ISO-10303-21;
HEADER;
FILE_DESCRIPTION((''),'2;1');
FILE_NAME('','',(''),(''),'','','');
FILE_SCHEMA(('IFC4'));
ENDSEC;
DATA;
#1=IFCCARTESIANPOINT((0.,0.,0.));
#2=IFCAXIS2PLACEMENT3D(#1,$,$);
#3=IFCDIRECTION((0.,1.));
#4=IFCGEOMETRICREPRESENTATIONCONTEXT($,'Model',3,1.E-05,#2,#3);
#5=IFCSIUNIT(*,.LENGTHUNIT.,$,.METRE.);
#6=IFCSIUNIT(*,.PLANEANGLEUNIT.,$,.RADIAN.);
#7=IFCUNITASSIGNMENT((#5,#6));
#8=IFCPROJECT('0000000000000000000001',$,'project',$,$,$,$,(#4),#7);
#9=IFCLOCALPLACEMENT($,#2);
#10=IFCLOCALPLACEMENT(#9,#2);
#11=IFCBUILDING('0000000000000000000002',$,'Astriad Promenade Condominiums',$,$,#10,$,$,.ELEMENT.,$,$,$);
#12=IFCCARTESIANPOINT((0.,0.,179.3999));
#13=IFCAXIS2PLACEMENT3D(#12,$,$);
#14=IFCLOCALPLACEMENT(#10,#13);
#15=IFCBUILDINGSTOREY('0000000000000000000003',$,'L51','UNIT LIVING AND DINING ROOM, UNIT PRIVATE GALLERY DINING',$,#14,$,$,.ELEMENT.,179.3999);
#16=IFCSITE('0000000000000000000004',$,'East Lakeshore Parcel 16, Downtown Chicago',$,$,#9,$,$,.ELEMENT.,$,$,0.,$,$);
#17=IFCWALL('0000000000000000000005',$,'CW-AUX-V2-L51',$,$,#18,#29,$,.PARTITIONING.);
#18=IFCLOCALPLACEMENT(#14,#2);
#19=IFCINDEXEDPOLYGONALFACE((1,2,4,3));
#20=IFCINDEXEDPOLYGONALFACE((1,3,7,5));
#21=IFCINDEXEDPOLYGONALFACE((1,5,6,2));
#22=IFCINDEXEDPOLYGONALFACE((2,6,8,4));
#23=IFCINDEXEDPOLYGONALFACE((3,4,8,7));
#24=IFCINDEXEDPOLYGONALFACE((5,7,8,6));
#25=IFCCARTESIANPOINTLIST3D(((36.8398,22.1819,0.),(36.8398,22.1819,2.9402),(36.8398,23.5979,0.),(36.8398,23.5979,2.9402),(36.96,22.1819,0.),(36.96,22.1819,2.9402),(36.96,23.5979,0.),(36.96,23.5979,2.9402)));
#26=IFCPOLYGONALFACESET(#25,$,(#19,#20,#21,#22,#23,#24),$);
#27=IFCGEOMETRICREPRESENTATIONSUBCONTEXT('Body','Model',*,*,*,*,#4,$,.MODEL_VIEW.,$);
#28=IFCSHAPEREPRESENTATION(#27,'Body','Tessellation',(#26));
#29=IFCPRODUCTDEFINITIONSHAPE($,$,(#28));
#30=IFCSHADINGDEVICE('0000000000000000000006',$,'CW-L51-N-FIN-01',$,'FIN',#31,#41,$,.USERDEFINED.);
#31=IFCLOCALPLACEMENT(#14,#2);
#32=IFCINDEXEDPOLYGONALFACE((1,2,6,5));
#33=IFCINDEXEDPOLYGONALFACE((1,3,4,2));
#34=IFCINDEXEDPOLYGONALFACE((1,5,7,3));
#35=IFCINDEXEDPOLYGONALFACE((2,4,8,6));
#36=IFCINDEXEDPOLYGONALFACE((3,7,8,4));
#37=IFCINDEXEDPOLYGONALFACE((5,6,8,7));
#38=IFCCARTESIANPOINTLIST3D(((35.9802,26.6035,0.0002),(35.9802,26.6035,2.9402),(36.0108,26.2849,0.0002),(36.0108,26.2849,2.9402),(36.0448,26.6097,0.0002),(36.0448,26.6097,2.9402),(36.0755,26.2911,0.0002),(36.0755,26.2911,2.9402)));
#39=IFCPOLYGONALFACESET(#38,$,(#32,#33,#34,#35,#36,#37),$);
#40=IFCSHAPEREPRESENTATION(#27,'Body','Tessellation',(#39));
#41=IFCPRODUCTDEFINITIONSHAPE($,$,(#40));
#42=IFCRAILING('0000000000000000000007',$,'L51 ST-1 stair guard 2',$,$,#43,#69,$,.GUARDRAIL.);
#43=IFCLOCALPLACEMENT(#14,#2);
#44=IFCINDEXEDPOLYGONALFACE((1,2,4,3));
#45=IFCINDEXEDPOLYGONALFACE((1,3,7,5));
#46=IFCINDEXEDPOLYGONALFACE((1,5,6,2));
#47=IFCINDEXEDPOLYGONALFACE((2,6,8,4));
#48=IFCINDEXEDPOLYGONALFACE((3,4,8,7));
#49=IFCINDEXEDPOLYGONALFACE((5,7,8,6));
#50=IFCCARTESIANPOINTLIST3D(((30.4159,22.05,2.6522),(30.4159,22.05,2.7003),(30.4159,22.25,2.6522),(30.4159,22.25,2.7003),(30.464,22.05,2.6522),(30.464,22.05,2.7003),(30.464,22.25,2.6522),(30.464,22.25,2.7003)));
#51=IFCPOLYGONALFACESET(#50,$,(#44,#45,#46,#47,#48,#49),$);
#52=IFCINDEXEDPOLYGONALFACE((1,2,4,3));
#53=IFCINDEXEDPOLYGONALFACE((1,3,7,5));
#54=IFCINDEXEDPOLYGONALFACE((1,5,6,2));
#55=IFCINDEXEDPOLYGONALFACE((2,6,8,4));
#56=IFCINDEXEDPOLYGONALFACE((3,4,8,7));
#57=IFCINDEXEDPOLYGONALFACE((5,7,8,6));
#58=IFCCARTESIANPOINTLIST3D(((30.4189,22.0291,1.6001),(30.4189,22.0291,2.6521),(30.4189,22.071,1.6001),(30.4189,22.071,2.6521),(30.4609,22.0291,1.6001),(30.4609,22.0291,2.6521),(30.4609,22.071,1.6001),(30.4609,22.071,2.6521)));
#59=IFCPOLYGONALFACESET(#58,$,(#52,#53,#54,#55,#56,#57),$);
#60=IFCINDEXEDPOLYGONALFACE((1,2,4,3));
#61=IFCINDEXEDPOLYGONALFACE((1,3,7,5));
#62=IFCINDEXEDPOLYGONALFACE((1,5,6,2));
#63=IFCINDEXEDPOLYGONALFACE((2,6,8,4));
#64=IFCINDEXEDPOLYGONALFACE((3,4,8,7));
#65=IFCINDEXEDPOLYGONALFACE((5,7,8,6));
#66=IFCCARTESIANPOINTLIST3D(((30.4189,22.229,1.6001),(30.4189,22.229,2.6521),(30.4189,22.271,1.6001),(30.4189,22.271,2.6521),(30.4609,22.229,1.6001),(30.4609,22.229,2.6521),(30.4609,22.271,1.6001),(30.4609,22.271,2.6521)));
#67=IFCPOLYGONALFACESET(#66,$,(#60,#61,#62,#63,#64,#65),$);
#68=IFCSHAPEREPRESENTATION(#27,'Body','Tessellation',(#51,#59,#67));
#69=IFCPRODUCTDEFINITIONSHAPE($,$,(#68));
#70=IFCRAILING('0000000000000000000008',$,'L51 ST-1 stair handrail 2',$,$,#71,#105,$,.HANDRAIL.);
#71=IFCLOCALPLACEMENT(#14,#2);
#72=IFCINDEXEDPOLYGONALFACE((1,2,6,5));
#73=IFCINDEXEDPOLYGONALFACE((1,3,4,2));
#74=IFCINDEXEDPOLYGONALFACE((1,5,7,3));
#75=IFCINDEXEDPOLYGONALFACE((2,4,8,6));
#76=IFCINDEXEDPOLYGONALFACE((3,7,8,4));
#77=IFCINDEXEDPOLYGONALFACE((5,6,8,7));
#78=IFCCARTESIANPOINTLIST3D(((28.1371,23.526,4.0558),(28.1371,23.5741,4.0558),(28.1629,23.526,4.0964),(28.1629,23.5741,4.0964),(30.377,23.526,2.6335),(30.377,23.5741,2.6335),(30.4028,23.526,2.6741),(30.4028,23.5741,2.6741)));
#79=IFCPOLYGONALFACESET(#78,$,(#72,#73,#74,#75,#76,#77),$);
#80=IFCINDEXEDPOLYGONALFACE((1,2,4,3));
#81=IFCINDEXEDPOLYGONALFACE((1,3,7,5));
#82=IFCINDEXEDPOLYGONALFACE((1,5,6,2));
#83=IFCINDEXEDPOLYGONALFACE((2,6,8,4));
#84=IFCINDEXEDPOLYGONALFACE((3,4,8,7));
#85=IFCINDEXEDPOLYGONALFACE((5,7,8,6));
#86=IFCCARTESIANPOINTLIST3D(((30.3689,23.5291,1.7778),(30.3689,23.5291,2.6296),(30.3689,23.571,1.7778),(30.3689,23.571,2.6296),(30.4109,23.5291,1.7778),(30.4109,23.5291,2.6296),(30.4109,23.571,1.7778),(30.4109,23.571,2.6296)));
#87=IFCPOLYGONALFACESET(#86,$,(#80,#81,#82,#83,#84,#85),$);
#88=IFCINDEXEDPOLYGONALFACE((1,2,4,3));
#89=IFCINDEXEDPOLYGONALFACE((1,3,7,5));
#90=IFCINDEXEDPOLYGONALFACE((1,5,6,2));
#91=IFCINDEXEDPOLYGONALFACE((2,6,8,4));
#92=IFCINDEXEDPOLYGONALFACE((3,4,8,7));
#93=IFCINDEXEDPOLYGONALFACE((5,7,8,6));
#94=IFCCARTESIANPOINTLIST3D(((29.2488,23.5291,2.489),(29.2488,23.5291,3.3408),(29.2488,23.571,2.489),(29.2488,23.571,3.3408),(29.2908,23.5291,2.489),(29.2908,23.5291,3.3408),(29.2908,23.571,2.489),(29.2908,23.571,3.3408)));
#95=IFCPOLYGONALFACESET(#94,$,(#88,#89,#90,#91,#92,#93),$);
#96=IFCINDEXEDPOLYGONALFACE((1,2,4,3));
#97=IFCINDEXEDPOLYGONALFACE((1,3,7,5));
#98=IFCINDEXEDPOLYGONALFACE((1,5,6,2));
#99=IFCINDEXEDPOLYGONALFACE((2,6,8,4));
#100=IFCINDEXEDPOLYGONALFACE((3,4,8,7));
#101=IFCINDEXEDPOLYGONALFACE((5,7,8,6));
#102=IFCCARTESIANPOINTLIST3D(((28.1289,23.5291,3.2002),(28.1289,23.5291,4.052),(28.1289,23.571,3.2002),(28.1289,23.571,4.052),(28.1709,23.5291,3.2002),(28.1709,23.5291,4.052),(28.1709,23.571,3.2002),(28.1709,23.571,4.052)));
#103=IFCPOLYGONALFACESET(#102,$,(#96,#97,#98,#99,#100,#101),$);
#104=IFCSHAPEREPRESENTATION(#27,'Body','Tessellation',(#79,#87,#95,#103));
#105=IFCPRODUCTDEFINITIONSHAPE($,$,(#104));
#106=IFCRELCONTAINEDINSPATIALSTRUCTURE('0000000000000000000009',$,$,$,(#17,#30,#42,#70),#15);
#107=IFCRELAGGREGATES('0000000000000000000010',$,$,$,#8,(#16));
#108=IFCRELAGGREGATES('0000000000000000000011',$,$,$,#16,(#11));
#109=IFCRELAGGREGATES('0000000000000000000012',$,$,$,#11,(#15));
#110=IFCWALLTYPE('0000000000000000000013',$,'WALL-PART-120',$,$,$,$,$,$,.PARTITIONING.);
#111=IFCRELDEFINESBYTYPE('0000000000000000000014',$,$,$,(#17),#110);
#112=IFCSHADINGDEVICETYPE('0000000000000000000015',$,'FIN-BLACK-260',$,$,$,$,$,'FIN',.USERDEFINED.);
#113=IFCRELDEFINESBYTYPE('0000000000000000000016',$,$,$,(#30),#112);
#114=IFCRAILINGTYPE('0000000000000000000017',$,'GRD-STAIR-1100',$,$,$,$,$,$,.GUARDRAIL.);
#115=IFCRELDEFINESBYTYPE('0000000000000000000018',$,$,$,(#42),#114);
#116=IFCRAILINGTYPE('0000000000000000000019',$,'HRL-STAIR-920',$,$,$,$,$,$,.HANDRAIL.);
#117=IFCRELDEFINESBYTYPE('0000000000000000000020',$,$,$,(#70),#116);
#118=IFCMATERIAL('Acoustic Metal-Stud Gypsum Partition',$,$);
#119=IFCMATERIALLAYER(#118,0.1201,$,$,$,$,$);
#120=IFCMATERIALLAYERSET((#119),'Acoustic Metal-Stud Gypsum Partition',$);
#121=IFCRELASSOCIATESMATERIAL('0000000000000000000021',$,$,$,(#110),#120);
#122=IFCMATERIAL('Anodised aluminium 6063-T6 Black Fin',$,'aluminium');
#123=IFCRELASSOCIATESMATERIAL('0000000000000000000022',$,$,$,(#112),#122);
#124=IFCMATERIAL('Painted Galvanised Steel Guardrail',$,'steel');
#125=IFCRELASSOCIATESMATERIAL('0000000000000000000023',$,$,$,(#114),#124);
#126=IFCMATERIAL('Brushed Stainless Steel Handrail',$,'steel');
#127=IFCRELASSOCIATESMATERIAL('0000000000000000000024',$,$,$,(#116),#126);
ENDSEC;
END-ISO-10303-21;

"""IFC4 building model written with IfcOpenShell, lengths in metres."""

from ifc_helpers import new_model, si_unit, direction, frame, frame_2d, origin, origin_2d, place, context, subcontext, project, spatial, rectangle, extrude, source, transform, mapped, material, layer, layer_set, type_object, type_shapes, element, save


model = new_model("IFC4")

# Units and contexts
model_context = context("Model", 3, precision=1e-05, world=origin(), true_north=direction((0.0, 1.0)))
body_context = subcontext(model_context, "Body", "Model", "MODEL_VIEW")
ifc_project = project(units=[si_unit("LENGTHUNIT", "METRE"), si_unit("PLANEANGLEUNIT", "RADIAN")], contexts=[model_context])

# Site, building, storey
site_placement = place(None, origin())
site = spatial("IfcSite", under=ifc_project, at=site_placement, Name="East Lakeshore Parcel 16, Downtown Chicago", CompositionType="ELEMENT", RefElevation=0.0)
building_placement = place(site_placement, origin())
building = spatial("IfcBuilding", under=site, at=building_placement, Name="Astriad Promenade Condominiums", CompositionType="ELEMENT")
storey_placement = place(building_placement, frame((0.0, 0.0, 179.3999)))
storey = spatial("IfcBuildingStorey", under=building, at=storey_placement, Name="L51", Description="UNIT LIVING AND DINING ROOM, UNIT PRIVATE GALLERY DINING", CompositionType="ELEMENT", Elevation=179.3999)

# Wall
ifc_material_1 = material(Name="Acoustic Metal-Stud Gypsum Partition")
ifc_layer_1 = layer(ifc_material_1, 0.1201)
ifc_layer_set_1 = layer_set([ifc_layer_1], Name="Acoustic Metal-Stud Gypsum Partition")
wall_type_1 = type_object("IfcWallType", Name="WALL-PART-120", PredefinedType="PARTITIONING", material=ifc_layer_set_1)
for number, where, z_axis, x_axis, name in (
    (1, (36.8999, 22.1819, 0.0), (0.0, 0.0, 1.0), (0.0, 1.0, 0.0), "CW-AUX-V2-L51"),
):
    element("IfcWall", number, at=place(storey_placement, frame(where, z_axis=z_axis, x_axis=x_axis)), inside=storey, type_object=wall_type_1, Name=name, PredefinedType="PARTITIONING", context=body_context, shape_type="SweptSolid", body=[
        extrude(rectangle(XDim=1.416, YDim=0.1201, at=frame_2d((0.708, 0.0))), origin(), (0.0, 0.0, 1.0), 2.9402),
    ])

# Shading device
ifc_material_2 = material(Name="Anodised aluminium 6063-T6 Black Fin", Category="aluminium")
shading_device_type = type_object("IfcShadingDeviceType", Name="FIN-BLACK-260", ElementType="FIN", PredefinedType="USERDEFINED", material=ifc_material_2)
shared_shape_1 = source(origin(), body_context, "Body", "SweptSolid", [
    extrude(rectangle(XDim=0.0649, YDim=0.3201, at=origin_2d()), origin(), (0.0, 0.0, 1.0), 2.9399),
])
type_shapes(shading_device_type, [shared_shape_1])
shading_device_placement = place(storey_placement, frame((36.0278, 26.4473, 0.0002), z_axis=(0.0, 0.0, 1.0), x_axis=(0.995396, 0.095846, 0.0)))
element("IfcShadingDevice", 2, at=shading_device_placement, inside=storey, type_object=shading_device_type, Name="CW-L51-N-FIN-01", ObjectType="FIN", PredefinedType="USERDEFINED", context=body_context, shape_type="MappedRepresentation", body=[
    mapped(shared_shape_1, transform((0.0, 0.0, 0.0), scale=1.0)),
])

# Railings
ifc_material_3 = material(Name="Painted Galvanised Steel Guardrail", Category="steel")
railing_type_1 = type_object("IfcRailingType", Name="GRD-STAIR-1100", PredefinedType="GUARDRAIL", material=ifc_material_3)
shared_shape_2 = source(origin(), body_context, "Body", "SweptSolid", [
    extrude(rectangle(XDim=0.0481, YDim=0.0481, at=origin_2d()), frame((0.0, 0.0, 1.0762), z_axis=(0.0, 1.0, 0.0), x_axis=(-1.0, 0.0, 0.0)), (0.0, 0.0, 1.0), 0.2),
    extrude(rectangle(XDim=0.042, YDim=0.042, at=origin_2d()), origin(), (0.0, 0.0, 1.0), 1.052),
    extrude(rectangle(XDim=0.042, YDim=0.042, at=origin_2d()), frame((0.0, 0.2, 0.0)), (0.0, 0.0, 1.0), 1.052),
])
type_shapes(railing_type_1, [shared_shape_2])
railing_1_placement = place(storey_placement, frame((30.4399, 22.05, 1.6001)))
element("IfcRailing", 3, at=railing_1_placement, inside=storey, type_object=railing_type_1, Name="L51 ST-1 stair guard 2", PredefinedType="GUARDRAIL", context=body_context, shape_type="MappedRepresentation", body=[
    mapped(shared_shape_2, transform((0.0, 0.0, 0.0), scale=1.0)),
])
ifc_material_4 = material(Name="Brushed Stainless Steel Handrail", Category="steel")
railing_type_2 = type_object("IfcRailingType", Name="HRL-STAIR-920", PredefinedType="HANDRAIL", material=ifc_material_4)
shared_shape_3 = source(origin(), body_context, "Body", "SweptSolid", [
    extrude(rectangle(XDim=0.0481, YDim=0.0481, at=origin_2d()), frame((0.0, 0.0, 0.876), z_axis=(-0.844188, 0.0, 0.536048), x_axis=(0.0, -1.0, 0.0)), (0.0, 0.0, 1.0), 2.6533),
    extrude(rectangle(XDim=0.042, YDim=0.042, at=origin_2d()), origin(), (0.0, 0.0, 1.0), 0.8518),
    extrude(rectangle(XDim=0.042, YDim=0.042, at=origin_2d()), frame((-1.1201, 0.0, 0.7112)), (0.0, 0.0, 1.0), 0.8518),
    extrude(rectangle(XDim=0.042, YDim=0.042, at=origin_2d()), frame((-2.24, 0.0, 1.4224)), (0.0, 0.0, 1.0), 0.8518),
])
type_shapes(railing_type_2, [shared_shape_3])
railing_2_placement = place(storey_placement, frame((30.3899, 23.55, 1.7778)))
element("IfcRailing", 4, at=railing_2_placement, inside=storey, type_object=railing_type_2, Name="L51 ST-1 stair handrail 2", PredefinedType="HANDRAIL", context=body_context, shape_type="MappedRepresentation", body=[
    mapped(shared_shape_3, transform((0.0, 0.0, 0.0), scale=1.0)),
])

save(model, "model.ifc")
